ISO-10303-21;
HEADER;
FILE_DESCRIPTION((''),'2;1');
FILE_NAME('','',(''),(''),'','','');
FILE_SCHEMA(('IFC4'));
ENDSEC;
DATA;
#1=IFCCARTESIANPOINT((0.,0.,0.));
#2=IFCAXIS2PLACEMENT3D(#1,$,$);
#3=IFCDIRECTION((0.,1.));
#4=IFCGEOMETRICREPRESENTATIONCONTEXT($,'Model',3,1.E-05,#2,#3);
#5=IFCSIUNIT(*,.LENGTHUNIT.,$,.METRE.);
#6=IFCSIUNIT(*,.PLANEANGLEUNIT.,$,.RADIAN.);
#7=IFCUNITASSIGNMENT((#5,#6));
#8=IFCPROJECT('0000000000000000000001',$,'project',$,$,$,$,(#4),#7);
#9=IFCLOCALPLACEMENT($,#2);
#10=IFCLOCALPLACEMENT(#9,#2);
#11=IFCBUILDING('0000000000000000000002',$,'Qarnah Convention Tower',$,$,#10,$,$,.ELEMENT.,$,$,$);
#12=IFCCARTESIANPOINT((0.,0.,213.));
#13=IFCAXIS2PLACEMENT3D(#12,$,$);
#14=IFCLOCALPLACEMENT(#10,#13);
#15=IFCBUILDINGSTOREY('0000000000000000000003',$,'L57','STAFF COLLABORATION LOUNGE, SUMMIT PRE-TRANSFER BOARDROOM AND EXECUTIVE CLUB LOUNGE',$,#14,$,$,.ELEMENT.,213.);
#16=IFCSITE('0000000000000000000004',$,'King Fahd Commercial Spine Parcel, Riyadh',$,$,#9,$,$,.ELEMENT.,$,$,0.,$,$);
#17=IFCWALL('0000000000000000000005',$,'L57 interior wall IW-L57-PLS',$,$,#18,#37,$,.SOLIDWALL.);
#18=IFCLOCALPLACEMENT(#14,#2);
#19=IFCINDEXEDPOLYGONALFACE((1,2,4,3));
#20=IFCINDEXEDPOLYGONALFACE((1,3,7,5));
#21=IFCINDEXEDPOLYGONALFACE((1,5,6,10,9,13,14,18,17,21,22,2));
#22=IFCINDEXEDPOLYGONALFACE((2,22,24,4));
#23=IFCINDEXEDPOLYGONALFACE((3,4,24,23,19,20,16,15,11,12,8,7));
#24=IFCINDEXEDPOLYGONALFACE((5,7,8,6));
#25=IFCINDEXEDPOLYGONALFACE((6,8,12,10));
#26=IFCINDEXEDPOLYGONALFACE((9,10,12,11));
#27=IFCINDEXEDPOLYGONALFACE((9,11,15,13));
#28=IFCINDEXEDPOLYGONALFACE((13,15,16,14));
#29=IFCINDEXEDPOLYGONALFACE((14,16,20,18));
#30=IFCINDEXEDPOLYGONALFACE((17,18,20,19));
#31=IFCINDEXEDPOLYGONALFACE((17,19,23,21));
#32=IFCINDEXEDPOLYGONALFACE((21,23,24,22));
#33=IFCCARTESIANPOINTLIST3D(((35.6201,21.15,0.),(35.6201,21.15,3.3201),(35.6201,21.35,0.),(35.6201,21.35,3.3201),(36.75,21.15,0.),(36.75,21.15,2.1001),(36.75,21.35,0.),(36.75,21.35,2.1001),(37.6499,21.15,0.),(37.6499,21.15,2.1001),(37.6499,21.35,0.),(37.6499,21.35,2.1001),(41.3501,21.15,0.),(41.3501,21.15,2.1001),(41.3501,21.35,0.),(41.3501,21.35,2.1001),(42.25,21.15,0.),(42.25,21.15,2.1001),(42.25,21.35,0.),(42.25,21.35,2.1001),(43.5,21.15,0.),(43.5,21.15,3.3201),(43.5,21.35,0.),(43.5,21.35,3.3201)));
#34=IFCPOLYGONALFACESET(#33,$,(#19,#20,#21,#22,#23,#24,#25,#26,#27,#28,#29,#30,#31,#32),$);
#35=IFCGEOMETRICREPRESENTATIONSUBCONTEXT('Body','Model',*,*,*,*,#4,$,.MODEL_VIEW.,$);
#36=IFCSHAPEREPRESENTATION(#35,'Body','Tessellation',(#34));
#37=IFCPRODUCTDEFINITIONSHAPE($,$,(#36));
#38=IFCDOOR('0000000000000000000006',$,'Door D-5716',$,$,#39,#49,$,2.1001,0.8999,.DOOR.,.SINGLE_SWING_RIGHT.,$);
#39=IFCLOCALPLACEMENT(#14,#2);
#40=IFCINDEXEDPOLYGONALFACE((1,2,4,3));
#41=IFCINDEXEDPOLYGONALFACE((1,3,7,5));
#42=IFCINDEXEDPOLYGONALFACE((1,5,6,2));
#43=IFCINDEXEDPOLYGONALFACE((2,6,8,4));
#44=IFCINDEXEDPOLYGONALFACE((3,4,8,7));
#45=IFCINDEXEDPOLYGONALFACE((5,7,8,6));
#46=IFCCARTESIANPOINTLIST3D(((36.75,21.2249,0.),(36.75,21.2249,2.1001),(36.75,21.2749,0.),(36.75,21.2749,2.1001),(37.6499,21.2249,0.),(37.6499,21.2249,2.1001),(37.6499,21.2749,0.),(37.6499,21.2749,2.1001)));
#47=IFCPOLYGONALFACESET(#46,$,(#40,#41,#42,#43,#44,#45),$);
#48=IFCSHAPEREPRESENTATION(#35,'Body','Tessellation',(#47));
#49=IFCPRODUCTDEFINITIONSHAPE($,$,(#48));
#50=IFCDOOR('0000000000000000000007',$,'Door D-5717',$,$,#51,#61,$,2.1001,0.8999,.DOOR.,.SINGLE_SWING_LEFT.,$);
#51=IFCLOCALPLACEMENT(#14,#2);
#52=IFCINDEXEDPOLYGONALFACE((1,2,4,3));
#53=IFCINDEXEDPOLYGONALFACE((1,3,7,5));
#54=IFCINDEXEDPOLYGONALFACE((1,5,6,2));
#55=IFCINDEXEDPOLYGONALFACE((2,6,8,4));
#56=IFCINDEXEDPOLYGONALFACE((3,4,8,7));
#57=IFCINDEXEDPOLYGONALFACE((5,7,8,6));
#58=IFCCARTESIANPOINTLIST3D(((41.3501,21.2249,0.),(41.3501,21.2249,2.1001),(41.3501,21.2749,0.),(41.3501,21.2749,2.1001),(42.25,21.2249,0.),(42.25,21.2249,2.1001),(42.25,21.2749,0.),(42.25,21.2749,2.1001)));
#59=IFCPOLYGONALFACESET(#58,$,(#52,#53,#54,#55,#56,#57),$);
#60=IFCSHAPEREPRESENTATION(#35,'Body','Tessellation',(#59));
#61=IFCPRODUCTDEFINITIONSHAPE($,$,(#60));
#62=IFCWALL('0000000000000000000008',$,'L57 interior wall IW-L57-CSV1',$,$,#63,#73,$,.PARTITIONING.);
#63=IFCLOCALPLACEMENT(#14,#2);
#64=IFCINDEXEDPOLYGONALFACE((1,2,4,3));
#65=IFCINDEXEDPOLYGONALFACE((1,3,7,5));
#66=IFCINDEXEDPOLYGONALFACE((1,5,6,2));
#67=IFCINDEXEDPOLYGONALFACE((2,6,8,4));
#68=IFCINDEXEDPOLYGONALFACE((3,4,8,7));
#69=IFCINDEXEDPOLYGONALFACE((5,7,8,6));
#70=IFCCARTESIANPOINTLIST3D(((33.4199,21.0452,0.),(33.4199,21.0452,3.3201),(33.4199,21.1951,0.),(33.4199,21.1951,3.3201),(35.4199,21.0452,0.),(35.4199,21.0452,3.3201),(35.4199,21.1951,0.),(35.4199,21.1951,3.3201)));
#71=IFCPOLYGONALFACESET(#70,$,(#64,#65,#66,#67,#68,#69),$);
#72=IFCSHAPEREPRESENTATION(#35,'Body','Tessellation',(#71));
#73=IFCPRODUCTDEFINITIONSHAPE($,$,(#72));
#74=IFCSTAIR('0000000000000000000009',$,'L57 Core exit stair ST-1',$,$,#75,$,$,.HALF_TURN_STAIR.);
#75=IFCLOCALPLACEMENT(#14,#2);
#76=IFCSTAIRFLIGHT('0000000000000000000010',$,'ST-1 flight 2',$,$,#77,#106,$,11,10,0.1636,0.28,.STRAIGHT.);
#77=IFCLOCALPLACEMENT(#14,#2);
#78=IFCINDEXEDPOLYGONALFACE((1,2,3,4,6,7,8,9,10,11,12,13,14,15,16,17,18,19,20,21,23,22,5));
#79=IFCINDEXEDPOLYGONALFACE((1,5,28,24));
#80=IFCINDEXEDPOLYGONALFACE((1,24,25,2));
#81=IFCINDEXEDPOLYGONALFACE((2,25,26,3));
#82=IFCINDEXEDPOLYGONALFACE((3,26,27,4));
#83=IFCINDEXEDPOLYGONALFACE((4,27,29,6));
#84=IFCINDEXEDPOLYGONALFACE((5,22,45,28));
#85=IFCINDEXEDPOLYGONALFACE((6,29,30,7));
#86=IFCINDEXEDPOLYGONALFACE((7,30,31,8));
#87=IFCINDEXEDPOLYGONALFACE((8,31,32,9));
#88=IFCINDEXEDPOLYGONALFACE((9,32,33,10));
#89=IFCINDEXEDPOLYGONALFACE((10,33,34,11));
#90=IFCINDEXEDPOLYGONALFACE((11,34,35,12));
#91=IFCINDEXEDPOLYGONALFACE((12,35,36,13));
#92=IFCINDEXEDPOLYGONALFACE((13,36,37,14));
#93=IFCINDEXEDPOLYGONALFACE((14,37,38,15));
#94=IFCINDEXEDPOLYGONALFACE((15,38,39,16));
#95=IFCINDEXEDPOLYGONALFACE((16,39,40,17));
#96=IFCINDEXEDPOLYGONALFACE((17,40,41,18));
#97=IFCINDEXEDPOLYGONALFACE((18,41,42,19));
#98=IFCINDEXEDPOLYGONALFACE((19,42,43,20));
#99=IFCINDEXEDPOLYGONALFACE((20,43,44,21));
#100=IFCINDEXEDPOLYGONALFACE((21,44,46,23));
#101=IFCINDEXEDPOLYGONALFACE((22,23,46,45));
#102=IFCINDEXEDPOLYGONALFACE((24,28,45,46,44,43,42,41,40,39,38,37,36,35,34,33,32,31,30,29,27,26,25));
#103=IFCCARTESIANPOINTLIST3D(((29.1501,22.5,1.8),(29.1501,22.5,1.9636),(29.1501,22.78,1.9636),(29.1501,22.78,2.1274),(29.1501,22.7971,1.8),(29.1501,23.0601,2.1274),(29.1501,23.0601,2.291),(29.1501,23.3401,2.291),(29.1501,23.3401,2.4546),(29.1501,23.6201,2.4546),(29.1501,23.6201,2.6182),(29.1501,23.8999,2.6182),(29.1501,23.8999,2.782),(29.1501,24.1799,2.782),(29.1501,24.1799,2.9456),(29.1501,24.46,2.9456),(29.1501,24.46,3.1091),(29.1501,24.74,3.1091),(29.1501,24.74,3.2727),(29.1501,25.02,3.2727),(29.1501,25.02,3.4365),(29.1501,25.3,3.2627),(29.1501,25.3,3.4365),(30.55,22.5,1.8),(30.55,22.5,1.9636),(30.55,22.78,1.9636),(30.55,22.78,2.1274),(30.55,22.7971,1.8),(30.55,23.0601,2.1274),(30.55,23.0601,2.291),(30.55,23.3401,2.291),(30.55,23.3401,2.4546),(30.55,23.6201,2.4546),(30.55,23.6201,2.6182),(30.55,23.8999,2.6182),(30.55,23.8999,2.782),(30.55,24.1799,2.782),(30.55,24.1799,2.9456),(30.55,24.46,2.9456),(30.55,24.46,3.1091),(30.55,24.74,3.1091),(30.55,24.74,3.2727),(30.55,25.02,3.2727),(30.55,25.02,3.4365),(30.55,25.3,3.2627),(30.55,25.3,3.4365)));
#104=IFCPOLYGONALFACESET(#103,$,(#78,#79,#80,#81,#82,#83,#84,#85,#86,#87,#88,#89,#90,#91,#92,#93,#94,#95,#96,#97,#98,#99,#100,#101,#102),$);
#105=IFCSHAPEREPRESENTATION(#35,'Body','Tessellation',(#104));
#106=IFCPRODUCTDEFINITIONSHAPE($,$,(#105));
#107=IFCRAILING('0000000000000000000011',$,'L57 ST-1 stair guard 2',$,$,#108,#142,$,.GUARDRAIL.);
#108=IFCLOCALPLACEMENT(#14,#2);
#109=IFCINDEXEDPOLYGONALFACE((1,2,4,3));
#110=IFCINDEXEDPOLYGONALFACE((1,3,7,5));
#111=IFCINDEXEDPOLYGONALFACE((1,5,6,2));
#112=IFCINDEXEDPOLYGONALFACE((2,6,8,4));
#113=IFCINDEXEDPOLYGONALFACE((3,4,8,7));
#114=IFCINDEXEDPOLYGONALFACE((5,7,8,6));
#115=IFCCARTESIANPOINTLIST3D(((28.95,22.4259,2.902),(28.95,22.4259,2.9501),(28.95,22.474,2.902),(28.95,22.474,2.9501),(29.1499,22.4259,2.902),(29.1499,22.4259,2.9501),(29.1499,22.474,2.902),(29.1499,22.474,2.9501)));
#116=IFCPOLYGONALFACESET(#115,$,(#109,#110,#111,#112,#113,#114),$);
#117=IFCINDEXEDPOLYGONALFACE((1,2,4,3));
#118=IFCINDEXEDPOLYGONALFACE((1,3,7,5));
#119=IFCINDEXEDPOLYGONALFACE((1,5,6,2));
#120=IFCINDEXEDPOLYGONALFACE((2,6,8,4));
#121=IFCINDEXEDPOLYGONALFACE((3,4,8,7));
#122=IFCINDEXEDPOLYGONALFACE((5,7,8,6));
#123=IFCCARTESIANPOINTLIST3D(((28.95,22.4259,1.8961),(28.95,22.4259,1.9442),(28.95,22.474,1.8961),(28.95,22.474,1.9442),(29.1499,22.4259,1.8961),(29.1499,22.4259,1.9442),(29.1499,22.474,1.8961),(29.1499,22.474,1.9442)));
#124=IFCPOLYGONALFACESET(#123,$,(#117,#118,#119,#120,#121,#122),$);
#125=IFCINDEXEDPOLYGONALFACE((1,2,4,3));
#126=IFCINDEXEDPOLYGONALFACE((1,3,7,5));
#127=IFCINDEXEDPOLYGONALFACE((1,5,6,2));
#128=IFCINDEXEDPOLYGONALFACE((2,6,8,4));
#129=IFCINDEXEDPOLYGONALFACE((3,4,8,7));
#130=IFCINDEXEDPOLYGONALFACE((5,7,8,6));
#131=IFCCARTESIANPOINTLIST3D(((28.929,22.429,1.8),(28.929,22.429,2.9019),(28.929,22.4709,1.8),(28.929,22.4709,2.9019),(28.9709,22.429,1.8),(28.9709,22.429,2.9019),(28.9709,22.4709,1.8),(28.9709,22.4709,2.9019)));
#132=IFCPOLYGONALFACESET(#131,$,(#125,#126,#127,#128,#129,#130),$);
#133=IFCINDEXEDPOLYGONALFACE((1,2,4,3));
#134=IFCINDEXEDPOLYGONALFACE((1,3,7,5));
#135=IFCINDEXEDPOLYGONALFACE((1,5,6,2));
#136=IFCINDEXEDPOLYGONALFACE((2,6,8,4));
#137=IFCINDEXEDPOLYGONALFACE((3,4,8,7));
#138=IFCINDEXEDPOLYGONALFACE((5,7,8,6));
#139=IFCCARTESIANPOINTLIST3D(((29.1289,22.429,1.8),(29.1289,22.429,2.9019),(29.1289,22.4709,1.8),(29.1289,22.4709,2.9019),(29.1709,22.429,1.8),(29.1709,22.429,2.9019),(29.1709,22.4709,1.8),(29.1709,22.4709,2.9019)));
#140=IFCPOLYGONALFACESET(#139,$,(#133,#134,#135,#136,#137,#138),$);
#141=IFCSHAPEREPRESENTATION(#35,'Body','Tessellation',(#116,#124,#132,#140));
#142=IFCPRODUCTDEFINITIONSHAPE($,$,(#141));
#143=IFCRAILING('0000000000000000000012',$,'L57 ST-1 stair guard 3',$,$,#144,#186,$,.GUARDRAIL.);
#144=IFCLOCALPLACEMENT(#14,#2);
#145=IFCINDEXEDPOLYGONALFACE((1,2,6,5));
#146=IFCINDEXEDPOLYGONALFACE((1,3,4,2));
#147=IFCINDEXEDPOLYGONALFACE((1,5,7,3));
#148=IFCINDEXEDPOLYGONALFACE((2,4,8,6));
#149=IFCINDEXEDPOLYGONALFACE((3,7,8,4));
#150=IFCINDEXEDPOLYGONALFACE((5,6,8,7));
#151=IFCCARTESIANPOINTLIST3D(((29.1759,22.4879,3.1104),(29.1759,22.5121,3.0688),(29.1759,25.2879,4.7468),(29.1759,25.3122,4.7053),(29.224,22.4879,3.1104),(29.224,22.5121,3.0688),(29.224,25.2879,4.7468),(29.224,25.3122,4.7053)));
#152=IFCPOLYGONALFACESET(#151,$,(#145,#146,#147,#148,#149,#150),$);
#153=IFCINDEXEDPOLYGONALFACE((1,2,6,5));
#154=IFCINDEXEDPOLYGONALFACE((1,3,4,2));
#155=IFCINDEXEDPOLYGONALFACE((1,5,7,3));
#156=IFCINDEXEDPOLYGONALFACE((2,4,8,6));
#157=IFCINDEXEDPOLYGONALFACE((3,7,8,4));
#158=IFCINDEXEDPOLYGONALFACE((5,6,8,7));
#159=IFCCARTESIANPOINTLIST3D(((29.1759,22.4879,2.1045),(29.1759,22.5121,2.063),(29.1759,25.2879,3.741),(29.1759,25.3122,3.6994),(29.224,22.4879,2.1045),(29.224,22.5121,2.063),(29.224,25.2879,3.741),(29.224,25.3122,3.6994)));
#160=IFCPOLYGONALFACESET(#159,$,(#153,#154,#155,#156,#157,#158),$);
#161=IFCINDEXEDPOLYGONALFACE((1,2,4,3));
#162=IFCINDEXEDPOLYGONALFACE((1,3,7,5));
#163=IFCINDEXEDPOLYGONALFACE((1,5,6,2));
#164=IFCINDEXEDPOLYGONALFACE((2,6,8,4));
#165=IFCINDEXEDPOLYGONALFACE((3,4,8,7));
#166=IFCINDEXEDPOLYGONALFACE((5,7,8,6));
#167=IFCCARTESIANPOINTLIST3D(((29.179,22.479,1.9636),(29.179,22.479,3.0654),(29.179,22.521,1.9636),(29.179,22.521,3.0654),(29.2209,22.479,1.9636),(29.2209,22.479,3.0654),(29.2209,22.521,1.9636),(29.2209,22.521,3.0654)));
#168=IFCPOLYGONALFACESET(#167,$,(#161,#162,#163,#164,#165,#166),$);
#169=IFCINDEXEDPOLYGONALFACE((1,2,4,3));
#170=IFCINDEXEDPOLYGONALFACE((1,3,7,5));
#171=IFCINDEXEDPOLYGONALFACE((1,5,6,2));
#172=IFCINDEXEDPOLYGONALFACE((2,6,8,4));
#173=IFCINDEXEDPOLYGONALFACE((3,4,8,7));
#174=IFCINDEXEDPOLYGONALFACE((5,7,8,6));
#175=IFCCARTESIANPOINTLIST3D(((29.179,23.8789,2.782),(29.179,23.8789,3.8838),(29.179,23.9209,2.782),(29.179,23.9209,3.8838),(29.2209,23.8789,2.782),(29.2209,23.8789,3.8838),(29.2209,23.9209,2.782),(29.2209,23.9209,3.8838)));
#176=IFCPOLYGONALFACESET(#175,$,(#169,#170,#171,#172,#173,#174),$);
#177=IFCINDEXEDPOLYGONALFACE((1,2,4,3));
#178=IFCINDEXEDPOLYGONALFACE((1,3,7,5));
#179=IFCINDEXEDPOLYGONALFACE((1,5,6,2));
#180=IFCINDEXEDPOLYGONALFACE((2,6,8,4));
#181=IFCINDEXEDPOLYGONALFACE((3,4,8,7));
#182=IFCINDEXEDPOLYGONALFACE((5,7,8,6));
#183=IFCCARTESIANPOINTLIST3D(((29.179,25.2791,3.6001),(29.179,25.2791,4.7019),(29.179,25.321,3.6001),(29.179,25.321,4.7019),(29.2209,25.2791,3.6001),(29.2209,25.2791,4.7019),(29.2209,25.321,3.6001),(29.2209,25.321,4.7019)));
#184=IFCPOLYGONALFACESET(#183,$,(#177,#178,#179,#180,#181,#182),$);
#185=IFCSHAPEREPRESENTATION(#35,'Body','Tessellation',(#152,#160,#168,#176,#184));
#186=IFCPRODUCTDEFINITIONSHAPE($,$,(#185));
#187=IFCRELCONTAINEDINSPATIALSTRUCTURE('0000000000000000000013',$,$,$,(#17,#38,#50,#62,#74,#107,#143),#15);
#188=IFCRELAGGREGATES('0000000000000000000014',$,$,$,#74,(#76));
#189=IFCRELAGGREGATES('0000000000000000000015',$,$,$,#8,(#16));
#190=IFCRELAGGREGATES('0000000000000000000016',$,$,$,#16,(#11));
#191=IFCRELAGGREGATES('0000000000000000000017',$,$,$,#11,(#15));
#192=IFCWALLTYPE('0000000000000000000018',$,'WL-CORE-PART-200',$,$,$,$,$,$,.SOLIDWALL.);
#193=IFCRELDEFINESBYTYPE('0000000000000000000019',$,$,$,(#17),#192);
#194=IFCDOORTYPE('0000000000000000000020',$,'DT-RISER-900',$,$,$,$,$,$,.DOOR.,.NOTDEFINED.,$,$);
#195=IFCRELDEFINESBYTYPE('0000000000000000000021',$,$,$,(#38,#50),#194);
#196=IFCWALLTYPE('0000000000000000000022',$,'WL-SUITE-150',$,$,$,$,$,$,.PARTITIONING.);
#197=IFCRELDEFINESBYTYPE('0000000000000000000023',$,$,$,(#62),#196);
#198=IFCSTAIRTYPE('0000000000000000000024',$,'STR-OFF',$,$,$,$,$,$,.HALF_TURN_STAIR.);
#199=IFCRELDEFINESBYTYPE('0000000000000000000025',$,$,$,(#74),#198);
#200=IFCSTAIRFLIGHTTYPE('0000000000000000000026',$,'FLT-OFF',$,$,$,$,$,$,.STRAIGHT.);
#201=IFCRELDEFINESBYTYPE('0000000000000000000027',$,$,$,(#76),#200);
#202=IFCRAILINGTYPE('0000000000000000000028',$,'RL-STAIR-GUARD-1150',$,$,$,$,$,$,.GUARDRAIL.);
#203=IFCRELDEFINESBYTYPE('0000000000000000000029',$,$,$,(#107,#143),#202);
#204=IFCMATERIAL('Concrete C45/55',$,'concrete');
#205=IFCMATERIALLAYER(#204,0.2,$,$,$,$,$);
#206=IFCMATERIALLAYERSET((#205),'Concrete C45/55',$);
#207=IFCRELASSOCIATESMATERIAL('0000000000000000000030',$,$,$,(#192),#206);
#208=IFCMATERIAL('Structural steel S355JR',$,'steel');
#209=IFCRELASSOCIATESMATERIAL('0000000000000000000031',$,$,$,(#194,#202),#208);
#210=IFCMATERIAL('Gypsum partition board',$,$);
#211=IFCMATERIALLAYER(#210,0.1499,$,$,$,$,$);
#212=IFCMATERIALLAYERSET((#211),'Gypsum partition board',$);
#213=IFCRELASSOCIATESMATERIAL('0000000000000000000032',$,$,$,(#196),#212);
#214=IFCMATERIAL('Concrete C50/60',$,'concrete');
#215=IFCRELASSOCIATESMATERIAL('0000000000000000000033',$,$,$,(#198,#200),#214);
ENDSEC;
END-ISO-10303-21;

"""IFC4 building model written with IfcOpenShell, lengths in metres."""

from ifc_helpers import new_model, si_unit, direction, frame, frame_2d, origin, origin_2d, place, context, subcontext, project, spatial, polyline, rectangle, outline, extrude, material, layer, layer_set, type_object, element, fill, aggregate, save


model = new_model("IFC4")

# Units and contexts
model_context = context("Model", 3, precision=1e-05, world=origin(), true_north=direction((0.0, 1.0)))
body_context = subcontext(model_context, "Body", "Model", "MODEL_VIEW")
ifc_project = project(units=[si_unit("LENGTHUNIT", "METRE"), si_unit("PLANEANGLEUNIT", "RADIAN")], contexts=[model_context])

# Site, building, storey
site_placement = place(None, origin())
site = spatial("IfcSite", under=ifc_project, at=site_placement, Name="King Fahd Commercial Spine Parcel, Riyadh", CompositionType="ELEMENT", RefElevation=0.0)
building_placement = place(site_placement, origin())
building = spatial("IfcBuilding", under=site, at=building_placement, Name="Qarnah Convention Tower", CompositionType="ELEMENT")
storey_placement = place(building_placement, frame((0.0, 0.0, 213.0)))
storey = spatial("IfcBuildingStorey", under=building, at=storey_placement, Name="L57", Description="STAFF COLLABORATION LOUNGE, SUMMIT PRE-TRANSFER BOARDROOM AND EXECUTIVE CLUB LOUNGE", CompositionType="ELEMENT", Elevation=213.0)

# Shared definitions
ifc_material_1 = material(Name="Structural steel S355JR", Category="steel")

# Shared definitions
ifc_material_2 = material(Name="Concrete C45/55", Category="concrete")
ifc_layer_1 = layer(ifc_material_2, 0.2)
ifc_layer_set_1 = layer_set([ifc_layer_1], Name="Concrete C45/55")
wall_type_1 = type_object("IfcWallType", Name="WL-CORE-PART-200", PredefinedType="SOLIDWALL", material=ifc_layer_set_1)
door_type_1 = type_object("IfcDoorType", Name="DT-RISER-900", OperationType="NOTDEFINED", PredefinedType="DOOR", material=ifc_material_1)

# Wall, openings, doors
wall_1_placement = place(storey_placement, frame((35.6201, 21.25, 0.0), z_axis=(0.0, 0.0, 1.0), x_axis=(1.0, 0.0, 0.0)))
wall_1 = element("IfcWall", 1, at=wall_1_placement, inside=storey, type_object=wall_type_1, Name="L57 interior wall IW-L57-PLS", PredefinedType="SOLIDWALL", context=body_context, shape_type="SweptSolid", body=[
    extrude(rectangle(XDim=7.8799, YDim=0.2, at=frame_2d((3.9399, 0.0))), origin(), (0.0, 0.0, 1.0), 3.3201),
])
opening_1_placement = place(wall_1_placement, frame((1.1299, 0.0, 0.0)))
opening_1 = element("IfcOpeningElement", 2, at=opening_1_placement, cuts=wall_1, PredefinedType="OPENING", context=body_context, shape_type="SweptSolid", body=[
    extrude(rectangle(XDim=0.8999, YDim=2.1001, at=frame_2d((0.45, 1.05))), frame((0.0, 0.1099, 0.0), z_axis=(0.0, -1.0, 0.0), x_axis=(1.0, 0.0, 0.0)), (0.0, 0.0, 1.0), 0.22),
])
opening_2_placement = place(wall_1_placement, frame((5.73, 0.0, 0.0)))
opening_2 = element("IfcOpeningElement", 3, at=opening_2_placement, cuts=wall_1, PredefinedType="OPENING", context=body_context, shape_type="SweptSolid", body=[
    extrude(rectangle(XDim=0.8999, YDim=2.1001, at=frame_2d((0.45, 1.05))), frame((0.0, 0.1099, 0.0), z_axis=(0.0, -1.0, 0.0), x_axis=(1.0, 0.0, 0.0)), (0.0, 0.0, 1.0), 0.22),
])
door_1_placement = place(opening_1_placement, origin())
door_1 = element("IfcDoor", 4, at=door_1_placement, inside=storey, type_object=door_type_1, Name="Door D-5716", OperationType="SINGLE_SWING_RIGHT", OverallHeight=2.1001, OverallWidth=0.8999, PredefinedType="DOOR", context=body_context, shape_type="SweptSolid", body=[
    extrude(rectangle(XDim=0.8999, YDim=2.1001, at=frame_2d((0.45, 1.05))), frame((0.0, 0.0249, 0.0), z_axis=(0.0, -1.0, 0.0), x_axis=(1.0, 0.0, 0.0)), (0.0, 0.0, 1.0), 0.05),
])
fill(opening_1, door_1)
door_2_placement = place(opening_2_placement, origin())
door_2 = element("IfcDoor", 5, at=door_2_placement, inside=storey, type_object=door_type_1, Name="Door D-5717", OperationType="SINGLE_SWING_LEFT", OverallHeight=2.1001, OverallWidth=0.8999, PredefinedType="DOOR", context=body_context, shape_type="SweptSolid", body=[
    extrude(rectangle(XDim=0.8999, YDim=2.1001, at=frame_2d((0.45, 1.05))), frame((0.0, 0.0249, 0.0), z_axis=(0.0, -1.0, 0.0), x_axis=(1.0, 0.0, 0.0)), (0.0, 0.0, 1.0), 0.05),
])
fill(opening_2, door_2)

# Wall
ifc_material_3 = material(Name="Gypsum partition board")
ifc_layer_2 = layer(ifc_material_3, 0.1499)
ifc_layer_set_2 = layer_set([ifc_layer_2], Name="Gypsum partition board")
wall_type_2 = type_object("IfcWallType", Name="WL-SUITE-150", PredefinedType="PARTITIONING", material=ifc_layer_set_2)
wall_2_placement = place(storey_placement, frame((33.4199, 21.1201, 0.0), z_axis=(0.0, 0.0, 1.0), x_axis=(1.0, 0.0, 0.0)))
element("IfcWall", 6, at=wall_2_placement, inside=storey, type_object=wall_type_2, Name="L57 interior wall IW-L57-CSV1", PredefinedType="PARTITIONING", context=body_context, shape_type="SweptSolid", body=[
    extrude(rectangle(XDim=2.0, YDim=0.1499, at=frame_2d((1.0, 0.0))), origin(), (0.0, 0.0, 1.0), 3.3201),
])

# Stair, stair flight
ifc_material_4 = material(Name="Concrete C50/60", Category="concrete")
stair_type = type_object("IfcStairType", Name="STR-OFF", PredefinedType="HALF_TURN_STAIR", material=ifc_material_4)
stair_placement = place(storey_placement, origin())
stair = element("IfcStair", 7, at=stair_placement, inside=storey, type_object=stair_type, Name="L57 Core exit stair ST-1", PredefinedType="HALF_TURN_STAIR")
stair_flight_type = type_object("IfcStairFlightType", Name="FLT-OFF", PredefinedType="STRAIGHT", material=ifc_material_4)
stair_flight_placement = place(storey_placement, frame((29.8501, 22.5, 1.8), z_axis=(0.0, 0.0, 1.0), x_axis=(0.0, 1.0, 0.0)))
stair_flight = element("IfcStairFlight", 8, at=stair_flight_placement, type_object=stair_flight_type, Name="ST-1 flight 2", NumberOfRisers=11, NumberOfTreads=10, PredefinedType="STRAIGHT", RiserHeight=0.1636, TreadLength=0.28, context=body_context, shape_type="SweptSolid", body=[
    extrude(outline(polyline([(0.0, 0.0), (0.0, 0.1636), (0.28, 0.1636), (0.28, 0.3274), (0.5601, 0.3274), (0.5601, 0.491), (0.8401, 0.491), (0.8401, 0.6545), (1.1201, 0.6545), (1.1201, 0.8181), (1.3999, 0.8181), (1.3999, 0.9819), (1.6799, 0.9819), (1.6799, 1.1455), (1.96, 1.1455), (1.96, 1.3091), (2.24, 1.3091), (2.24, 1.4727), (2.52, 1.4727), (2.52, 1.6365), (2.8, 1.6365), (2.8, 1.8), (2.8, 1.4626), (0.2971, 0.0), (0.0, 0.0)])), frame((0.0, 0.7, 0.0), z_axis=(0.0, -1.0, 0.0), x_axis=(1.0, 0.0, 0.0)), (0.0, 0.0, 1.0), 1.3999),
])
aggregate(stair, [stair_flight])

# Railings
railing_type_1 = type_object("IfcRailingType", Name="RL-STAIR-GUARD-1150", PredefinedType="GUARDRAIL", material=ifc_material_1)
railing_1_placement = place(storey_placement, frame((28.95, 22.45, 1.8)))
element("IfcRailing", 9, at=railing_1_placement, inside=storey, type_object=railing_type_1, Name="L57 ST-1 stair guard 2", PredefinedType="GUARDRAIL", context=body_context, shape_type="SweptSolid", body=[
    extrude(rectangle(XDim=0.0481, YDim=0.0481, at=origin_2d()), frame((0.0, 0.0, 1.126), z_axis=(1.0, 0.0, 0.0), x_axis=(0.0, 1.0, 0.0)), (0.0, 0.0, 1.0), 0.2),
    extrude(rectangle(XDim=0.0481, YDim=0.0481, at=origin_2d()), frame((0.0, 0.0, 0.1201), z_axis=(1.0, 0.0, 0.0), x_axis=(0.0, 1.0, 0.0)), (0.0, 0.0, 1.0), 0.2),
    extrude(rectangle(XDim=0.042, YDim=0.042, at=origin_2d()), origin(), (0.0, 0.0, 1.0), 1.1018),
    extrude(rectangle(XDim=0.042, YDim=0.042, at=origin_2d()), frame((0.2, 0.0, 0.0)), (0.0, 0.0, 1.0), 1.1018),
])
railing_2_placement = place(storey_placement, frame((29.2, 22.5, 1.9636)))
element("IfcRailing", 10, at=railing_2_placement, inside=storey, type_object=railing_type_1, Name="L57 ST-1 stair guard 3", PredefinedType="GUARDRAIL", context=body_context, shape_type="SweptSolid", body=[
    extrude(rectangle(XDim=0.0481, YDim=0.0481, at=origin_2d()), frame((0.0, 0.0, 1.126), z_axis=(0.0, 0.863361, 0.504587), x_axis=(-1.0, 0.0, 0.0)), (0.0, 0.0, 1.0), 3.2432),
    extrude(rectangle(XDim=0.0481, YDim=0.0481, at=origin_2d()), frame((0.0, 0.0, 0.1201), z_axis=(0.0, 0.863361, 0.504587), x_axis=(-1.0, 0.0, 0.0)), (0.0, 0.0, 1.0), 3.2432),
    extrude(rectangle(XDim=0.042, YDim=0.042, at=origin_2d()), origin(), (0.0, 0.0, 1.0), 1.1018),
    extrude(rectangle(XDim=0.042, YDim=0.042, at=origin_2d()), frame((0.0, 1.3999, 0.8184)), (0.0, 0.0, 1.0), 1.1018),
    extrude(rectangle(XDim=0.042, YDim=0.042, at=origin_2d()), frame((0.0, 2.8, 1.6365)), (0.0, 0.0, 1.0), 1.1018),
])

save(model, "model.ifc")
